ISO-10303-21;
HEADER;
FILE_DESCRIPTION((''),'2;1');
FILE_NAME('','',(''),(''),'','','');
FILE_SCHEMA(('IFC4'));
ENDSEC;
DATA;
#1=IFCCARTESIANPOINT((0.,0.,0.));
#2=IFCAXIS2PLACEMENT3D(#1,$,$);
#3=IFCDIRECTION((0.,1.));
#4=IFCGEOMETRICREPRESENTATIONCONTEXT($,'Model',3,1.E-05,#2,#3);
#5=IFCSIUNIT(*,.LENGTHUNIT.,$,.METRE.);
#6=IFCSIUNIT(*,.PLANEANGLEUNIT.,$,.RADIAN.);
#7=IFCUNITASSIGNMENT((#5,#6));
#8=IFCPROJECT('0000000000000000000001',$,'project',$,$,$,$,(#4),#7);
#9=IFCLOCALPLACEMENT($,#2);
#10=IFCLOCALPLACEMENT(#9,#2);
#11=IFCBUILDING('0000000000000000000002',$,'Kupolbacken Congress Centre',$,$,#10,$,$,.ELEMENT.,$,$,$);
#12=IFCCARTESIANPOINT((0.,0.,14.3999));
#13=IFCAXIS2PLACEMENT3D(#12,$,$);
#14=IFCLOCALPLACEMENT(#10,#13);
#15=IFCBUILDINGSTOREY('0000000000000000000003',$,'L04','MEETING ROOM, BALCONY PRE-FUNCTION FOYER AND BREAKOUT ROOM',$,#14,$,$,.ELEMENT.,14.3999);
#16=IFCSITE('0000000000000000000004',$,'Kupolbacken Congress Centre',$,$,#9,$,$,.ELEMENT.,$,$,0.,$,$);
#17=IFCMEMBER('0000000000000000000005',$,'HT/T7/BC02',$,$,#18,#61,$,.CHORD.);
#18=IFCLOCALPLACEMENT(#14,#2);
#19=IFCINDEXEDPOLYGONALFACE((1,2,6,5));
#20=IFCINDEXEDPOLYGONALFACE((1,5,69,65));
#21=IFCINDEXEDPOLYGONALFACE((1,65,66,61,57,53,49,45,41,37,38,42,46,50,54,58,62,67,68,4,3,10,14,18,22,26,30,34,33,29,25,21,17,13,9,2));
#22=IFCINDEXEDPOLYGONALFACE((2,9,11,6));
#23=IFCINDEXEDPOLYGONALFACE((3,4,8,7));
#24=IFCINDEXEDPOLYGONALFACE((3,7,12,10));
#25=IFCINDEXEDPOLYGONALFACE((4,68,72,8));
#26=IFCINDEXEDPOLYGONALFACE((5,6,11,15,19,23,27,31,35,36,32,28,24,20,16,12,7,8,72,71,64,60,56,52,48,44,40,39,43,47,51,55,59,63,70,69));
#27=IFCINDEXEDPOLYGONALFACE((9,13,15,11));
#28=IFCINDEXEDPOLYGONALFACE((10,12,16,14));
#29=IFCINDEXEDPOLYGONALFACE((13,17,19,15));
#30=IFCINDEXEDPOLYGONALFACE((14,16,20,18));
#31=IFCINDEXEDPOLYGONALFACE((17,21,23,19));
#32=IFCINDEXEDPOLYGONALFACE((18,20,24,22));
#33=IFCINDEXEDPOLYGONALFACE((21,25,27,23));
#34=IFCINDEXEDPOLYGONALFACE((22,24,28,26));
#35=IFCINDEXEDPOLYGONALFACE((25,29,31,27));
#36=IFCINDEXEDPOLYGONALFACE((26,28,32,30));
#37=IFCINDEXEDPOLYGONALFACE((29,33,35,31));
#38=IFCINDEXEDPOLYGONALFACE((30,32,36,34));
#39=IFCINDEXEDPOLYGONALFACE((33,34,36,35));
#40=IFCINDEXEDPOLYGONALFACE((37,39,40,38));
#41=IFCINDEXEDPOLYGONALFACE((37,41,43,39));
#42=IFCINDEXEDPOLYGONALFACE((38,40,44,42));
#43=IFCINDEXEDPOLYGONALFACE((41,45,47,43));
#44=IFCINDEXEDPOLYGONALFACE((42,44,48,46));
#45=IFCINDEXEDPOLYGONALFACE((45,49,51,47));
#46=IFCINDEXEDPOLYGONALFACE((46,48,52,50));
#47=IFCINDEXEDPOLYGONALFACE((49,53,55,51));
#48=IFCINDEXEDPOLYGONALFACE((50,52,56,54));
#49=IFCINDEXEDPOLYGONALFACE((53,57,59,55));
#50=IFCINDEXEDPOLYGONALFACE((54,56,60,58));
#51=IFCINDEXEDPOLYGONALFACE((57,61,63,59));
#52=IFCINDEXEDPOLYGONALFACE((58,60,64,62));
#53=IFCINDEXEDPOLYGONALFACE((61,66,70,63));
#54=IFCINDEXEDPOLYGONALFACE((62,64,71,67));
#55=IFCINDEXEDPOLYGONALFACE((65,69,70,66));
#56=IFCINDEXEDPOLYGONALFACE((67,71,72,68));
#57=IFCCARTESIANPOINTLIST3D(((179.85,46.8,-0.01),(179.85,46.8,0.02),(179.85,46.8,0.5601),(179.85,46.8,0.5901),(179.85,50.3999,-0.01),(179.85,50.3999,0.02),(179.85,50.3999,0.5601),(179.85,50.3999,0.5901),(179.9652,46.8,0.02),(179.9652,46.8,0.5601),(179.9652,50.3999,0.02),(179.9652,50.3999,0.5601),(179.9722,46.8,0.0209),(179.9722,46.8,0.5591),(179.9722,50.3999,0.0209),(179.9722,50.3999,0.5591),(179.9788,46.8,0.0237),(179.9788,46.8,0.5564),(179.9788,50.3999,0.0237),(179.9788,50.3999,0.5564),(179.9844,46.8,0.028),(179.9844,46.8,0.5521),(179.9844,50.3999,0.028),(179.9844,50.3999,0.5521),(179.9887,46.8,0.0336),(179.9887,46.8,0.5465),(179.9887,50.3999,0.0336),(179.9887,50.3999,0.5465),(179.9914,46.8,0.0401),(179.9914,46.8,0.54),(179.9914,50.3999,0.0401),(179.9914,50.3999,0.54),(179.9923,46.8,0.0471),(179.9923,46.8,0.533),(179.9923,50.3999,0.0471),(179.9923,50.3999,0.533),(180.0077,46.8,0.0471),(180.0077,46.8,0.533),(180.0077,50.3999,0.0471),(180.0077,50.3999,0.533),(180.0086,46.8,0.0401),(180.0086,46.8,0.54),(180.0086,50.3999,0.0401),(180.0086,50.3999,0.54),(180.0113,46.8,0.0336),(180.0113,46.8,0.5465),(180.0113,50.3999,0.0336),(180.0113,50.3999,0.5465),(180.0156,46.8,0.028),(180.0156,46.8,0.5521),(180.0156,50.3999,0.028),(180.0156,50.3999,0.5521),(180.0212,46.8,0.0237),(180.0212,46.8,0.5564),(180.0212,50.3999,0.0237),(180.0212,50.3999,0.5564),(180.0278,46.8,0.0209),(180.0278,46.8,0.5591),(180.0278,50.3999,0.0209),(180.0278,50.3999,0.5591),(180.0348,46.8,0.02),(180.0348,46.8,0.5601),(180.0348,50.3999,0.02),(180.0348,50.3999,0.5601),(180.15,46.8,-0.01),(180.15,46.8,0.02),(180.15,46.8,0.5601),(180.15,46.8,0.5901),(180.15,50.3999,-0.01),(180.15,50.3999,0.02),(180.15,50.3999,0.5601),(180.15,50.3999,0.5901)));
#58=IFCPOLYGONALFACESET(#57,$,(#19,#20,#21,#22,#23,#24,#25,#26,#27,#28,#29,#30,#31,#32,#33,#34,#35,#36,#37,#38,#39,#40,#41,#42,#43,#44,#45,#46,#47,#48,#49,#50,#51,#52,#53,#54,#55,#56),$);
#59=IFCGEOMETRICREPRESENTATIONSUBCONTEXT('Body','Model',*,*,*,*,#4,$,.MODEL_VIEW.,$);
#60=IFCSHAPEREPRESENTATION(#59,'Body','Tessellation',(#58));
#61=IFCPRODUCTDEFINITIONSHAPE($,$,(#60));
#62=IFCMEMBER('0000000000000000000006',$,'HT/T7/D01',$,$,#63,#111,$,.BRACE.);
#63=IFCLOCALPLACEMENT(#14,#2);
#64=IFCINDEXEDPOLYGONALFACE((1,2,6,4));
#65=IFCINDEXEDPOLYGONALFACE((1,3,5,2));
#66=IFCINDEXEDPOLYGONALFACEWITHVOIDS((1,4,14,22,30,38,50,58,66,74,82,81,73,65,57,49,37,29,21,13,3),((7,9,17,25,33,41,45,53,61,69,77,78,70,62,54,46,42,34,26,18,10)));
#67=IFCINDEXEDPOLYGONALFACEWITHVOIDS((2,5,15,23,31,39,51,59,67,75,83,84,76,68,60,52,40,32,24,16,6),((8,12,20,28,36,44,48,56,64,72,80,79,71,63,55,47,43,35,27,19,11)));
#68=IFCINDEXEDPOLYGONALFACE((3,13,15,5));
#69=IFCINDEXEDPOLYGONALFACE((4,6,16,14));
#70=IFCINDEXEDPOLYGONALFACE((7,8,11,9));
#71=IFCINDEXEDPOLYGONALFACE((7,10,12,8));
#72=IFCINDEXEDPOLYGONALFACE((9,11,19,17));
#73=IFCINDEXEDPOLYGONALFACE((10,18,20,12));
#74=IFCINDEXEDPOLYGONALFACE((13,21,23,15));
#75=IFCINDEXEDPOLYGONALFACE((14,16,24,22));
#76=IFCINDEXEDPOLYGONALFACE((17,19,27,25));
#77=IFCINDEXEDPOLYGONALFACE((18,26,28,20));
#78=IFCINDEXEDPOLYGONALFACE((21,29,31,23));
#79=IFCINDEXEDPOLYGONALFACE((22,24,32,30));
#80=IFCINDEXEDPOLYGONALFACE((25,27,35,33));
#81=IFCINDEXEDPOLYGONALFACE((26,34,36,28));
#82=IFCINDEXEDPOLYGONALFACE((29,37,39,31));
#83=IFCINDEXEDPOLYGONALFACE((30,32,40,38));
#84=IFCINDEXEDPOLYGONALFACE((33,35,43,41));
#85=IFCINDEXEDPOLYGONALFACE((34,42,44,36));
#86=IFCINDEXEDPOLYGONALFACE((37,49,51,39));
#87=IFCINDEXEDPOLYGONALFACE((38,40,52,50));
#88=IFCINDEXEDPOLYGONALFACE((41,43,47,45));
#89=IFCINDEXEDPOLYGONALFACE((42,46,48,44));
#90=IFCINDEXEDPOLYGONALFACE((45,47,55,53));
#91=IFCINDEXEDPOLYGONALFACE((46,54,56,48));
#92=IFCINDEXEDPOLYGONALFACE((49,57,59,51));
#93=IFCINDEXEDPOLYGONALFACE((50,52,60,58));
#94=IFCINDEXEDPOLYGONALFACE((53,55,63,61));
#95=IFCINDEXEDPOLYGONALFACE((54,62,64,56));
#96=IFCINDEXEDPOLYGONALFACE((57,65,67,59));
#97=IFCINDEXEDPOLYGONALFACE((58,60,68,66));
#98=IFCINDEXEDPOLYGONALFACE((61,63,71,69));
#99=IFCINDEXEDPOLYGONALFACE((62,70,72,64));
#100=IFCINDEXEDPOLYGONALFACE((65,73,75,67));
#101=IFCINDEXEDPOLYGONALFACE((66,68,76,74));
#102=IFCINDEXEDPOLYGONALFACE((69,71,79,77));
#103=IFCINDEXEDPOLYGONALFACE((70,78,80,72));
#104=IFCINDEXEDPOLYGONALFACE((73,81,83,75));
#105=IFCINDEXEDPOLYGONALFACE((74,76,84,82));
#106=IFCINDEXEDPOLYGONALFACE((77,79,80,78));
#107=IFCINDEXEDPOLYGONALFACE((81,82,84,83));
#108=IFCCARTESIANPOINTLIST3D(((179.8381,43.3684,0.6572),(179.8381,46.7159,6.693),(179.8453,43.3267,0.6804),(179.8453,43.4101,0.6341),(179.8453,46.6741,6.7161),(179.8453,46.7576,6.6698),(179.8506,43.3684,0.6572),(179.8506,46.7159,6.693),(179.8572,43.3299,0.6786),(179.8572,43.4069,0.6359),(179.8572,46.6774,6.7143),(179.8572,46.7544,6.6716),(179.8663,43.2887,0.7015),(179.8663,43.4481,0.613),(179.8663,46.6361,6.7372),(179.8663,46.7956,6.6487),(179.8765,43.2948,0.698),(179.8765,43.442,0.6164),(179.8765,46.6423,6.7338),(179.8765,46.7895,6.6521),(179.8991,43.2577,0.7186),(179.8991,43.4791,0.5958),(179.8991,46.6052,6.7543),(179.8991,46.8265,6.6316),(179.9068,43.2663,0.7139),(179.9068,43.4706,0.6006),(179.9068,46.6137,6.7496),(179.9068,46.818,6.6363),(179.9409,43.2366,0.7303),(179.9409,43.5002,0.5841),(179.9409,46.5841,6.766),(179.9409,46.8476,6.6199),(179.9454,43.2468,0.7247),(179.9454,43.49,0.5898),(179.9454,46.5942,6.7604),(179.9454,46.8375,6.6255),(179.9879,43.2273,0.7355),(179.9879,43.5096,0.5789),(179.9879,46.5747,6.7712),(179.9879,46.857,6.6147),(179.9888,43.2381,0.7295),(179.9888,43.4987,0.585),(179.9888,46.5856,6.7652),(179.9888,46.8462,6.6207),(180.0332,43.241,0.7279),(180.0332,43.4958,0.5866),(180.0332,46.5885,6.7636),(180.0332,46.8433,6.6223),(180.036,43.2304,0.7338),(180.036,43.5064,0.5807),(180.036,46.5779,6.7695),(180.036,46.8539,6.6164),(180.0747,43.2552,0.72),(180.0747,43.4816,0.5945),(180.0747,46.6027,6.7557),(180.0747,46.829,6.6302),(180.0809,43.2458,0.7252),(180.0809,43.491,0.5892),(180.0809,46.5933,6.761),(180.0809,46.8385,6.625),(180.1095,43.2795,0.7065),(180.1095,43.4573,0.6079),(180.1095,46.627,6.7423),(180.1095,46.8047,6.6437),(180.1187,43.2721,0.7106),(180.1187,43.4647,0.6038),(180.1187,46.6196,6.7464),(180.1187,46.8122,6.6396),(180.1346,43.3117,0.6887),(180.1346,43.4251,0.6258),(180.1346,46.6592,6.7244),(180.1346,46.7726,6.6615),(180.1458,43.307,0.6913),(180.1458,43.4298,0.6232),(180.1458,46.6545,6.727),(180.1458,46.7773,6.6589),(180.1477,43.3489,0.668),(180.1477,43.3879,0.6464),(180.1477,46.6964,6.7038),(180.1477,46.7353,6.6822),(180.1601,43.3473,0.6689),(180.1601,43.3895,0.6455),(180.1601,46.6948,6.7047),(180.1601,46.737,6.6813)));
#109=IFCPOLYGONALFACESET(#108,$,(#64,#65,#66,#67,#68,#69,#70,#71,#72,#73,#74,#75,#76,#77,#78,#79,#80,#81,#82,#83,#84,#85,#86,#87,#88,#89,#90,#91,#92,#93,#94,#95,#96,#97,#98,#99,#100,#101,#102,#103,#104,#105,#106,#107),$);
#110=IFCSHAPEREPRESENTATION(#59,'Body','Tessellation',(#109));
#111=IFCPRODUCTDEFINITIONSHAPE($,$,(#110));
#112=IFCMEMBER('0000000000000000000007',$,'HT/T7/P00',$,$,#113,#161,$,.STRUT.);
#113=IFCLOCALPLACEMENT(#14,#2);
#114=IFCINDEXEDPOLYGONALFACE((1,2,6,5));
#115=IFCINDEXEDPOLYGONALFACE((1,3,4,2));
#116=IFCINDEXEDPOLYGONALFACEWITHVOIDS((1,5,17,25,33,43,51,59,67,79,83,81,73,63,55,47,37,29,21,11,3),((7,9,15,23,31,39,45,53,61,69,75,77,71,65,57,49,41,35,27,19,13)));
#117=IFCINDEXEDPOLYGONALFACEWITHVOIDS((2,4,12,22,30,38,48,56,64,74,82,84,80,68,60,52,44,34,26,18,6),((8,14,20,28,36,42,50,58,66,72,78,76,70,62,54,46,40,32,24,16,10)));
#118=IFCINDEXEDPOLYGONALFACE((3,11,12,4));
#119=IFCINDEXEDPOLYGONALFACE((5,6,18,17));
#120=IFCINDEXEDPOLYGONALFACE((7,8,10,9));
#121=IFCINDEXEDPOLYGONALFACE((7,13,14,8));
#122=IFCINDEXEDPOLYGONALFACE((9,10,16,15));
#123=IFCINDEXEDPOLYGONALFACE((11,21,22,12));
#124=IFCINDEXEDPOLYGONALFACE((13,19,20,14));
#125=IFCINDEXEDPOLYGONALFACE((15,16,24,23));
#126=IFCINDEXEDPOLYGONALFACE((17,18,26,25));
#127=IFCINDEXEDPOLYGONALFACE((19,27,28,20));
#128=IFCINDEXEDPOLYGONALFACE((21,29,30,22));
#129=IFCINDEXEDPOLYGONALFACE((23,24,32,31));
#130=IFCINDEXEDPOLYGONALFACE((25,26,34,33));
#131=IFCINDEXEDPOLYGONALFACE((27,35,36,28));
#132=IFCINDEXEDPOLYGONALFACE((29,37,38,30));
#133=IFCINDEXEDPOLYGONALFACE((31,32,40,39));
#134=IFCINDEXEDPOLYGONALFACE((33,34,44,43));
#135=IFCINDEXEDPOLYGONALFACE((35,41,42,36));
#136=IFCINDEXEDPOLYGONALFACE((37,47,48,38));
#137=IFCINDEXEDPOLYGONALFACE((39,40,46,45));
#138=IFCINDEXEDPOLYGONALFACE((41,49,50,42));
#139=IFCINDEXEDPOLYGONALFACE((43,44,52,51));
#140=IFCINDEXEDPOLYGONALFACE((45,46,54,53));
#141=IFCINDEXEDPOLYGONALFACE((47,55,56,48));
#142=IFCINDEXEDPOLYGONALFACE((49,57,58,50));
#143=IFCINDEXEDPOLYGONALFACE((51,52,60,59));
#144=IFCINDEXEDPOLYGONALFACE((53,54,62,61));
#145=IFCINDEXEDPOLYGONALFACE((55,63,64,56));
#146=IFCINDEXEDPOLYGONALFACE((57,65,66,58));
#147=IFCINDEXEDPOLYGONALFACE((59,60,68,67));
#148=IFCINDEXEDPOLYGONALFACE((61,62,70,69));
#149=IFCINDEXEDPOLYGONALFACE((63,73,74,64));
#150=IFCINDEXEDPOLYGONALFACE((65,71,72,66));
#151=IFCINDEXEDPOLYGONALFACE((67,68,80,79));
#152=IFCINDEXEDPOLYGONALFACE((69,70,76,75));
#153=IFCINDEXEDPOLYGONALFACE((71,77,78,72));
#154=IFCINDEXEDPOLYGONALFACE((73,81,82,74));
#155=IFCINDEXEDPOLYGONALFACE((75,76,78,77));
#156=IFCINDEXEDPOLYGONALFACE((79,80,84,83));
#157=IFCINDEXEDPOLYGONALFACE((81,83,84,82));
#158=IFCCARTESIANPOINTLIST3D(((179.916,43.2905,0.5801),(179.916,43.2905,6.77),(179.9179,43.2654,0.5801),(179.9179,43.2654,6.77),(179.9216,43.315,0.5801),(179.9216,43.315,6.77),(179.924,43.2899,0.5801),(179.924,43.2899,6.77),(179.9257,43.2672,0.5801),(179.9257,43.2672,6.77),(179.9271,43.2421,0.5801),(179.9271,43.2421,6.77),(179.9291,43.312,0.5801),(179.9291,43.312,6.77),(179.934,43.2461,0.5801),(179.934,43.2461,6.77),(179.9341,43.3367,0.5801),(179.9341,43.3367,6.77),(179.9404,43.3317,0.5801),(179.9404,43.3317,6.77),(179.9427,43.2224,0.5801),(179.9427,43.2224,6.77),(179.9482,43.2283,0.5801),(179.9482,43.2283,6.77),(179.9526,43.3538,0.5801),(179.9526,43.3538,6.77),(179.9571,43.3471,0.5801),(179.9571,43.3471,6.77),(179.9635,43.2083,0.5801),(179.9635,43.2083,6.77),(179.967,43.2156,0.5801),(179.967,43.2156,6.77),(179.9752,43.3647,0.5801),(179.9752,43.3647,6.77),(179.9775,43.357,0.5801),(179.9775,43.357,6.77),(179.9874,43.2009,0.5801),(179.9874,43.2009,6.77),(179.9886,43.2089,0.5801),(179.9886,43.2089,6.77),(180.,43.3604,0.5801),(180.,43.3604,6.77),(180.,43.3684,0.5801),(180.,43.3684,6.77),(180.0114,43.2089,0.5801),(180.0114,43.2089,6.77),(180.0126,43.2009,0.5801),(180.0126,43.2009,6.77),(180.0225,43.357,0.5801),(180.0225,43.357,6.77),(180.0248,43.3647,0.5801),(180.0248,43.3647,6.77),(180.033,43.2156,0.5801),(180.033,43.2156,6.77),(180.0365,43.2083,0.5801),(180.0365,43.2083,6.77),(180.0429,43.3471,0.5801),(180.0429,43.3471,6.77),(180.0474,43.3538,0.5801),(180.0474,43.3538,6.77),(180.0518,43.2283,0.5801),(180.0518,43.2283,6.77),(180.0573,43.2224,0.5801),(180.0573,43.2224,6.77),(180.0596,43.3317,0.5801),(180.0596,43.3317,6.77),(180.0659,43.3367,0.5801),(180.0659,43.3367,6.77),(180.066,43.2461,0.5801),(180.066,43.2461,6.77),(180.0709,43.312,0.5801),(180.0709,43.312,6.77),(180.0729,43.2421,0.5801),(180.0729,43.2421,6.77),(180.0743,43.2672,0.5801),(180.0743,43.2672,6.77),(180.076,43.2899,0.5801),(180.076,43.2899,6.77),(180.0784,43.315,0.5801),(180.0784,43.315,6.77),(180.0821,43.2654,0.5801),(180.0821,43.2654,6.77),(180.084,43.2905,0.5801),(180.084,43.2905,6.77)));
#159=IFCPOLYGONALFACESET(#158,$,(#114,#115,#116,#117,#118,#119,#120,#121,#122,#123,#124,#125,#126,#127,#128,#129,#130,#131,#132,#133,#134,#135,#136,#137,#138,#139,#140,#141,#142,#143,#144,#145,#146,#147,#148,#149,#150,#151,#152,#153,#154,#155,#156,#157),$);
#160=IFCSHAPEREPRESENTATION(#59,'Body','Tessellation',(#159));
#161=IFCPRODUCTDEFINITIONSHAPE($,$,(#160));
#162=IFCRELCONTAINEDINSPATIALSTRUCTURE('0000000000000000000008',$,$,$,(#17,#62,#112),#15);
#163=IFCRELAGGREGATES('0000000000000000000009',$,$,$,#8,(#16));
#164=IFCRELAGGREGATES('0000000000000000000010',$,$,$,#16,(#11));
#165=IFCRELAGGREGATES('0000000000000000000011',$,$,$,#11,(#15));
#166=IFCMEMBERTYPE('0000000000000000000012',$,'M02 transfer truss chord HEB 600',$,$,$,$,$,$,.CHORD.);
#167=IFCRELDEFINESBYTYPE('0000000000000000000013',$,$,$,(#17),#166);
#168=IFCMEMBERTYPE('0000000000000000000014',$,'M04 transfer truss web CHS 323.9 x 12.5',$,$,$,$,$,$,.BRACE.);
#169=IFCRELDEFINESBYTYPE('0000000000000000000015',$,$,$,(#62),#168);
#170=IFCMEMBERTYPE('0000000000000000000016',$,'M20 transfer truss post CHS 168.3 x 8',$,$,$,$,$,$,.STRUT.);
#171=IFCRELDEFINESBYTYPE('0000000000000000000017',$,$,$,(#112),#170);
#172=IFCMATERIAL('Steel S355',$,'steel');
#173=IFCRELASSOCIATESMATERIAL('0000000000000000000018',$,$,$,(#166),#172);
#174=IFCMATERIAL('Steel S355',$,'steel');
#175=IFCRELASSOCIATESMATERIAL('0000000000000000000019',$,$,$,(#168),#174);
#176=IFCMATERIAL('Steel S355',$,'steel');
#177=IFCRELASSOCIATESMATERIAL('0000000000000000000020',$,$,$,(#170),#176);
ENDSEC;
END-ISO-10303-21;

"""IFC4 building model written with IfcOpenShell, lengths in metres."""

from ifc_helpers import new_model, si_unit, direction, frame, origin, origin_2d, place, context, subcontext, project, spatial, hollow_circle, i_section, extrude, material, material_profile, profile_set, type_object, element, save


model = new_model("IFC4")

# Units and contexts
model_context = context("Model", 3, precision=1e-05, world=origin(), true_north=direction((0.0, 1.0)))
body_context = subcontext(model_context, "Body", "Model", "MODEL_VIEW")
ifc_project = project(units=[si_unit("LENGTHUNIT", "METRE"), si_unit("PLANEANGLEUNIT", "RADIAN")], contexts=[model_context])

# Site, building, storey
site_placement = place(None, origin())
site = spatial("IfcSite", under=ifc_project, at=site_placement, Name="Kupolbacken Congress Centre", CompositionType="ELEMENT", RefElevation=0.0)
building_placement = place(site_placement, origin())
building = spatial("IfcBuilding", under=site, at=building_placement, Name="Kupolbacken Congress Centre", CompositionType="ELEMENT")
storey_placement = place(building_placement, frame((0.0, 0.0, 14.3999)))
storey = spatial("IfcBuildingStorey", under=building, at=storey_placement, Name="L04", Description="MEETING ROOM, BALCONY PRE-FUNCTION FOYER AND BREAKOUT ROOM", CompositionType="ELEMENT", Elevation=14.3999)

# Members
ifc_material_1 = material(Name="Steel S355", Category="steel")
ifc_material_profile_1 = material_profile(ifc_material_1, i_section(OverallWidth=0.3, OverallDepth=0.6001, WebThickness=0.0154, FlangeThickness=0.03, FilletRadius=0.0271, at=origin_2d()), Name="HEB 600")
ifc_profile_set_1 = profile_set([ifc_material_profile_1], Name="Steel S355")
member_type_1 = type_object("IfcMemberType", Name="M02 transfer truss chord HEB 600", PredefinedType="CHORD", material=ifc_profile_set_1)
member_1_placement = place(storey_placement, frame((180.0, 46.8, 0.29), z_axis=(0.0, 1.0, 0.0), x_axis=(-1.0, 0.0, 0.0)))
element("IfcMember", 1, at=member_1_placement, inside=storey, type_object=member_type_1, Name="HT/T7/BC02", PredefinedType="CHORD", context=body_context, shape_type="SweptSolid", body=[
    extrude(i_section(OverallWidth=0.3, OverallDepth=0.6001, WebThickness=0.0154, FlangeThickness=0.03, FilletRadius=0.0271, at=origin_2d()), origin(), (0.0, 0.0, 1.0), 3.5999),
])
ifc_material_2 = material(Name="Steel S355", Category="steel")
ifc_material_profile_2 = material_profile(ifc_material_2, hollow_circle(Radius=0.1619, WallThickness=0.0125, at=origin_2d()), Name="CHS 323.9 x 12.5")
ifc_profile_set_2 = profile_set([ifc_material_profile_2], Name="Steel S355")
member_type_2 = type_object("IfcMemberType", Name="M04 transfer truss web CHS 323.9 x 12.5", PredefinedType="BRACE", material=ifc_profile_set_2)
member_2_placement = place(storey_placement, frame((180.0, 43.3684, 0.6572), z_axis=(0.0, 0.485009, 0.874509), x_axis=(-1.0, 0.0, 0.0)))
element("IfcMember", 2, at=member_2_placement, inside=storey, type_object=member_type_2, Name="HT/T7/D01", PredefinedType="BRACE", context=body_context, shape_type="SweptSolid", body=[
    extrude(hollow_circle(Radius=0.1619, WallThickness=0.0125, at=origin_2d()), origin(), (0.0, 0.0, 1.0), 6.9019),
])
ifc_material_3 = material(Name="Steel S355", Category="steel")
ifc_material_profile_3 = material_profile(ifc_material_3, hollow_circle(Radius=0.0842, WallThickness=0.0081, at=origin_2d()), Name="CHS 168.3 x 8")
ifc_profile_set_3 = profile_set([ifc_material_profile_3], Name="Steel S355")
member_type_3 = type_object("IfcMemberType", Name="M20 transfer truss post CHS 168.3 x 8", PredefinedType="STRUT", material=ifc_profile_set_3)
for number, where, z_axis, x_axis, name in (
    (3, (180.0, 43.2842, 0.5801), (0.0, 0.0, 1.0), (0.0, 1.0, 0.0), "HT/T7/P00"),
):
    element("IfcMember", number, at=place(storey_placement, frame(where, z_axis=z_axis, x_axis=x_axis)), inside=storey, type_object=member_type_3, Name=name, PredefinedType="STRUT", context=body_context, shape_type="SweptSolid", body=[
        extrude(hollow_circle(Radius=0.0842, WallThickness=0.0081, at=origin_2d()), origin(), (0.0, 0.0, 1.0), 6.1899),
    ])

save(model, "model.ifc")
